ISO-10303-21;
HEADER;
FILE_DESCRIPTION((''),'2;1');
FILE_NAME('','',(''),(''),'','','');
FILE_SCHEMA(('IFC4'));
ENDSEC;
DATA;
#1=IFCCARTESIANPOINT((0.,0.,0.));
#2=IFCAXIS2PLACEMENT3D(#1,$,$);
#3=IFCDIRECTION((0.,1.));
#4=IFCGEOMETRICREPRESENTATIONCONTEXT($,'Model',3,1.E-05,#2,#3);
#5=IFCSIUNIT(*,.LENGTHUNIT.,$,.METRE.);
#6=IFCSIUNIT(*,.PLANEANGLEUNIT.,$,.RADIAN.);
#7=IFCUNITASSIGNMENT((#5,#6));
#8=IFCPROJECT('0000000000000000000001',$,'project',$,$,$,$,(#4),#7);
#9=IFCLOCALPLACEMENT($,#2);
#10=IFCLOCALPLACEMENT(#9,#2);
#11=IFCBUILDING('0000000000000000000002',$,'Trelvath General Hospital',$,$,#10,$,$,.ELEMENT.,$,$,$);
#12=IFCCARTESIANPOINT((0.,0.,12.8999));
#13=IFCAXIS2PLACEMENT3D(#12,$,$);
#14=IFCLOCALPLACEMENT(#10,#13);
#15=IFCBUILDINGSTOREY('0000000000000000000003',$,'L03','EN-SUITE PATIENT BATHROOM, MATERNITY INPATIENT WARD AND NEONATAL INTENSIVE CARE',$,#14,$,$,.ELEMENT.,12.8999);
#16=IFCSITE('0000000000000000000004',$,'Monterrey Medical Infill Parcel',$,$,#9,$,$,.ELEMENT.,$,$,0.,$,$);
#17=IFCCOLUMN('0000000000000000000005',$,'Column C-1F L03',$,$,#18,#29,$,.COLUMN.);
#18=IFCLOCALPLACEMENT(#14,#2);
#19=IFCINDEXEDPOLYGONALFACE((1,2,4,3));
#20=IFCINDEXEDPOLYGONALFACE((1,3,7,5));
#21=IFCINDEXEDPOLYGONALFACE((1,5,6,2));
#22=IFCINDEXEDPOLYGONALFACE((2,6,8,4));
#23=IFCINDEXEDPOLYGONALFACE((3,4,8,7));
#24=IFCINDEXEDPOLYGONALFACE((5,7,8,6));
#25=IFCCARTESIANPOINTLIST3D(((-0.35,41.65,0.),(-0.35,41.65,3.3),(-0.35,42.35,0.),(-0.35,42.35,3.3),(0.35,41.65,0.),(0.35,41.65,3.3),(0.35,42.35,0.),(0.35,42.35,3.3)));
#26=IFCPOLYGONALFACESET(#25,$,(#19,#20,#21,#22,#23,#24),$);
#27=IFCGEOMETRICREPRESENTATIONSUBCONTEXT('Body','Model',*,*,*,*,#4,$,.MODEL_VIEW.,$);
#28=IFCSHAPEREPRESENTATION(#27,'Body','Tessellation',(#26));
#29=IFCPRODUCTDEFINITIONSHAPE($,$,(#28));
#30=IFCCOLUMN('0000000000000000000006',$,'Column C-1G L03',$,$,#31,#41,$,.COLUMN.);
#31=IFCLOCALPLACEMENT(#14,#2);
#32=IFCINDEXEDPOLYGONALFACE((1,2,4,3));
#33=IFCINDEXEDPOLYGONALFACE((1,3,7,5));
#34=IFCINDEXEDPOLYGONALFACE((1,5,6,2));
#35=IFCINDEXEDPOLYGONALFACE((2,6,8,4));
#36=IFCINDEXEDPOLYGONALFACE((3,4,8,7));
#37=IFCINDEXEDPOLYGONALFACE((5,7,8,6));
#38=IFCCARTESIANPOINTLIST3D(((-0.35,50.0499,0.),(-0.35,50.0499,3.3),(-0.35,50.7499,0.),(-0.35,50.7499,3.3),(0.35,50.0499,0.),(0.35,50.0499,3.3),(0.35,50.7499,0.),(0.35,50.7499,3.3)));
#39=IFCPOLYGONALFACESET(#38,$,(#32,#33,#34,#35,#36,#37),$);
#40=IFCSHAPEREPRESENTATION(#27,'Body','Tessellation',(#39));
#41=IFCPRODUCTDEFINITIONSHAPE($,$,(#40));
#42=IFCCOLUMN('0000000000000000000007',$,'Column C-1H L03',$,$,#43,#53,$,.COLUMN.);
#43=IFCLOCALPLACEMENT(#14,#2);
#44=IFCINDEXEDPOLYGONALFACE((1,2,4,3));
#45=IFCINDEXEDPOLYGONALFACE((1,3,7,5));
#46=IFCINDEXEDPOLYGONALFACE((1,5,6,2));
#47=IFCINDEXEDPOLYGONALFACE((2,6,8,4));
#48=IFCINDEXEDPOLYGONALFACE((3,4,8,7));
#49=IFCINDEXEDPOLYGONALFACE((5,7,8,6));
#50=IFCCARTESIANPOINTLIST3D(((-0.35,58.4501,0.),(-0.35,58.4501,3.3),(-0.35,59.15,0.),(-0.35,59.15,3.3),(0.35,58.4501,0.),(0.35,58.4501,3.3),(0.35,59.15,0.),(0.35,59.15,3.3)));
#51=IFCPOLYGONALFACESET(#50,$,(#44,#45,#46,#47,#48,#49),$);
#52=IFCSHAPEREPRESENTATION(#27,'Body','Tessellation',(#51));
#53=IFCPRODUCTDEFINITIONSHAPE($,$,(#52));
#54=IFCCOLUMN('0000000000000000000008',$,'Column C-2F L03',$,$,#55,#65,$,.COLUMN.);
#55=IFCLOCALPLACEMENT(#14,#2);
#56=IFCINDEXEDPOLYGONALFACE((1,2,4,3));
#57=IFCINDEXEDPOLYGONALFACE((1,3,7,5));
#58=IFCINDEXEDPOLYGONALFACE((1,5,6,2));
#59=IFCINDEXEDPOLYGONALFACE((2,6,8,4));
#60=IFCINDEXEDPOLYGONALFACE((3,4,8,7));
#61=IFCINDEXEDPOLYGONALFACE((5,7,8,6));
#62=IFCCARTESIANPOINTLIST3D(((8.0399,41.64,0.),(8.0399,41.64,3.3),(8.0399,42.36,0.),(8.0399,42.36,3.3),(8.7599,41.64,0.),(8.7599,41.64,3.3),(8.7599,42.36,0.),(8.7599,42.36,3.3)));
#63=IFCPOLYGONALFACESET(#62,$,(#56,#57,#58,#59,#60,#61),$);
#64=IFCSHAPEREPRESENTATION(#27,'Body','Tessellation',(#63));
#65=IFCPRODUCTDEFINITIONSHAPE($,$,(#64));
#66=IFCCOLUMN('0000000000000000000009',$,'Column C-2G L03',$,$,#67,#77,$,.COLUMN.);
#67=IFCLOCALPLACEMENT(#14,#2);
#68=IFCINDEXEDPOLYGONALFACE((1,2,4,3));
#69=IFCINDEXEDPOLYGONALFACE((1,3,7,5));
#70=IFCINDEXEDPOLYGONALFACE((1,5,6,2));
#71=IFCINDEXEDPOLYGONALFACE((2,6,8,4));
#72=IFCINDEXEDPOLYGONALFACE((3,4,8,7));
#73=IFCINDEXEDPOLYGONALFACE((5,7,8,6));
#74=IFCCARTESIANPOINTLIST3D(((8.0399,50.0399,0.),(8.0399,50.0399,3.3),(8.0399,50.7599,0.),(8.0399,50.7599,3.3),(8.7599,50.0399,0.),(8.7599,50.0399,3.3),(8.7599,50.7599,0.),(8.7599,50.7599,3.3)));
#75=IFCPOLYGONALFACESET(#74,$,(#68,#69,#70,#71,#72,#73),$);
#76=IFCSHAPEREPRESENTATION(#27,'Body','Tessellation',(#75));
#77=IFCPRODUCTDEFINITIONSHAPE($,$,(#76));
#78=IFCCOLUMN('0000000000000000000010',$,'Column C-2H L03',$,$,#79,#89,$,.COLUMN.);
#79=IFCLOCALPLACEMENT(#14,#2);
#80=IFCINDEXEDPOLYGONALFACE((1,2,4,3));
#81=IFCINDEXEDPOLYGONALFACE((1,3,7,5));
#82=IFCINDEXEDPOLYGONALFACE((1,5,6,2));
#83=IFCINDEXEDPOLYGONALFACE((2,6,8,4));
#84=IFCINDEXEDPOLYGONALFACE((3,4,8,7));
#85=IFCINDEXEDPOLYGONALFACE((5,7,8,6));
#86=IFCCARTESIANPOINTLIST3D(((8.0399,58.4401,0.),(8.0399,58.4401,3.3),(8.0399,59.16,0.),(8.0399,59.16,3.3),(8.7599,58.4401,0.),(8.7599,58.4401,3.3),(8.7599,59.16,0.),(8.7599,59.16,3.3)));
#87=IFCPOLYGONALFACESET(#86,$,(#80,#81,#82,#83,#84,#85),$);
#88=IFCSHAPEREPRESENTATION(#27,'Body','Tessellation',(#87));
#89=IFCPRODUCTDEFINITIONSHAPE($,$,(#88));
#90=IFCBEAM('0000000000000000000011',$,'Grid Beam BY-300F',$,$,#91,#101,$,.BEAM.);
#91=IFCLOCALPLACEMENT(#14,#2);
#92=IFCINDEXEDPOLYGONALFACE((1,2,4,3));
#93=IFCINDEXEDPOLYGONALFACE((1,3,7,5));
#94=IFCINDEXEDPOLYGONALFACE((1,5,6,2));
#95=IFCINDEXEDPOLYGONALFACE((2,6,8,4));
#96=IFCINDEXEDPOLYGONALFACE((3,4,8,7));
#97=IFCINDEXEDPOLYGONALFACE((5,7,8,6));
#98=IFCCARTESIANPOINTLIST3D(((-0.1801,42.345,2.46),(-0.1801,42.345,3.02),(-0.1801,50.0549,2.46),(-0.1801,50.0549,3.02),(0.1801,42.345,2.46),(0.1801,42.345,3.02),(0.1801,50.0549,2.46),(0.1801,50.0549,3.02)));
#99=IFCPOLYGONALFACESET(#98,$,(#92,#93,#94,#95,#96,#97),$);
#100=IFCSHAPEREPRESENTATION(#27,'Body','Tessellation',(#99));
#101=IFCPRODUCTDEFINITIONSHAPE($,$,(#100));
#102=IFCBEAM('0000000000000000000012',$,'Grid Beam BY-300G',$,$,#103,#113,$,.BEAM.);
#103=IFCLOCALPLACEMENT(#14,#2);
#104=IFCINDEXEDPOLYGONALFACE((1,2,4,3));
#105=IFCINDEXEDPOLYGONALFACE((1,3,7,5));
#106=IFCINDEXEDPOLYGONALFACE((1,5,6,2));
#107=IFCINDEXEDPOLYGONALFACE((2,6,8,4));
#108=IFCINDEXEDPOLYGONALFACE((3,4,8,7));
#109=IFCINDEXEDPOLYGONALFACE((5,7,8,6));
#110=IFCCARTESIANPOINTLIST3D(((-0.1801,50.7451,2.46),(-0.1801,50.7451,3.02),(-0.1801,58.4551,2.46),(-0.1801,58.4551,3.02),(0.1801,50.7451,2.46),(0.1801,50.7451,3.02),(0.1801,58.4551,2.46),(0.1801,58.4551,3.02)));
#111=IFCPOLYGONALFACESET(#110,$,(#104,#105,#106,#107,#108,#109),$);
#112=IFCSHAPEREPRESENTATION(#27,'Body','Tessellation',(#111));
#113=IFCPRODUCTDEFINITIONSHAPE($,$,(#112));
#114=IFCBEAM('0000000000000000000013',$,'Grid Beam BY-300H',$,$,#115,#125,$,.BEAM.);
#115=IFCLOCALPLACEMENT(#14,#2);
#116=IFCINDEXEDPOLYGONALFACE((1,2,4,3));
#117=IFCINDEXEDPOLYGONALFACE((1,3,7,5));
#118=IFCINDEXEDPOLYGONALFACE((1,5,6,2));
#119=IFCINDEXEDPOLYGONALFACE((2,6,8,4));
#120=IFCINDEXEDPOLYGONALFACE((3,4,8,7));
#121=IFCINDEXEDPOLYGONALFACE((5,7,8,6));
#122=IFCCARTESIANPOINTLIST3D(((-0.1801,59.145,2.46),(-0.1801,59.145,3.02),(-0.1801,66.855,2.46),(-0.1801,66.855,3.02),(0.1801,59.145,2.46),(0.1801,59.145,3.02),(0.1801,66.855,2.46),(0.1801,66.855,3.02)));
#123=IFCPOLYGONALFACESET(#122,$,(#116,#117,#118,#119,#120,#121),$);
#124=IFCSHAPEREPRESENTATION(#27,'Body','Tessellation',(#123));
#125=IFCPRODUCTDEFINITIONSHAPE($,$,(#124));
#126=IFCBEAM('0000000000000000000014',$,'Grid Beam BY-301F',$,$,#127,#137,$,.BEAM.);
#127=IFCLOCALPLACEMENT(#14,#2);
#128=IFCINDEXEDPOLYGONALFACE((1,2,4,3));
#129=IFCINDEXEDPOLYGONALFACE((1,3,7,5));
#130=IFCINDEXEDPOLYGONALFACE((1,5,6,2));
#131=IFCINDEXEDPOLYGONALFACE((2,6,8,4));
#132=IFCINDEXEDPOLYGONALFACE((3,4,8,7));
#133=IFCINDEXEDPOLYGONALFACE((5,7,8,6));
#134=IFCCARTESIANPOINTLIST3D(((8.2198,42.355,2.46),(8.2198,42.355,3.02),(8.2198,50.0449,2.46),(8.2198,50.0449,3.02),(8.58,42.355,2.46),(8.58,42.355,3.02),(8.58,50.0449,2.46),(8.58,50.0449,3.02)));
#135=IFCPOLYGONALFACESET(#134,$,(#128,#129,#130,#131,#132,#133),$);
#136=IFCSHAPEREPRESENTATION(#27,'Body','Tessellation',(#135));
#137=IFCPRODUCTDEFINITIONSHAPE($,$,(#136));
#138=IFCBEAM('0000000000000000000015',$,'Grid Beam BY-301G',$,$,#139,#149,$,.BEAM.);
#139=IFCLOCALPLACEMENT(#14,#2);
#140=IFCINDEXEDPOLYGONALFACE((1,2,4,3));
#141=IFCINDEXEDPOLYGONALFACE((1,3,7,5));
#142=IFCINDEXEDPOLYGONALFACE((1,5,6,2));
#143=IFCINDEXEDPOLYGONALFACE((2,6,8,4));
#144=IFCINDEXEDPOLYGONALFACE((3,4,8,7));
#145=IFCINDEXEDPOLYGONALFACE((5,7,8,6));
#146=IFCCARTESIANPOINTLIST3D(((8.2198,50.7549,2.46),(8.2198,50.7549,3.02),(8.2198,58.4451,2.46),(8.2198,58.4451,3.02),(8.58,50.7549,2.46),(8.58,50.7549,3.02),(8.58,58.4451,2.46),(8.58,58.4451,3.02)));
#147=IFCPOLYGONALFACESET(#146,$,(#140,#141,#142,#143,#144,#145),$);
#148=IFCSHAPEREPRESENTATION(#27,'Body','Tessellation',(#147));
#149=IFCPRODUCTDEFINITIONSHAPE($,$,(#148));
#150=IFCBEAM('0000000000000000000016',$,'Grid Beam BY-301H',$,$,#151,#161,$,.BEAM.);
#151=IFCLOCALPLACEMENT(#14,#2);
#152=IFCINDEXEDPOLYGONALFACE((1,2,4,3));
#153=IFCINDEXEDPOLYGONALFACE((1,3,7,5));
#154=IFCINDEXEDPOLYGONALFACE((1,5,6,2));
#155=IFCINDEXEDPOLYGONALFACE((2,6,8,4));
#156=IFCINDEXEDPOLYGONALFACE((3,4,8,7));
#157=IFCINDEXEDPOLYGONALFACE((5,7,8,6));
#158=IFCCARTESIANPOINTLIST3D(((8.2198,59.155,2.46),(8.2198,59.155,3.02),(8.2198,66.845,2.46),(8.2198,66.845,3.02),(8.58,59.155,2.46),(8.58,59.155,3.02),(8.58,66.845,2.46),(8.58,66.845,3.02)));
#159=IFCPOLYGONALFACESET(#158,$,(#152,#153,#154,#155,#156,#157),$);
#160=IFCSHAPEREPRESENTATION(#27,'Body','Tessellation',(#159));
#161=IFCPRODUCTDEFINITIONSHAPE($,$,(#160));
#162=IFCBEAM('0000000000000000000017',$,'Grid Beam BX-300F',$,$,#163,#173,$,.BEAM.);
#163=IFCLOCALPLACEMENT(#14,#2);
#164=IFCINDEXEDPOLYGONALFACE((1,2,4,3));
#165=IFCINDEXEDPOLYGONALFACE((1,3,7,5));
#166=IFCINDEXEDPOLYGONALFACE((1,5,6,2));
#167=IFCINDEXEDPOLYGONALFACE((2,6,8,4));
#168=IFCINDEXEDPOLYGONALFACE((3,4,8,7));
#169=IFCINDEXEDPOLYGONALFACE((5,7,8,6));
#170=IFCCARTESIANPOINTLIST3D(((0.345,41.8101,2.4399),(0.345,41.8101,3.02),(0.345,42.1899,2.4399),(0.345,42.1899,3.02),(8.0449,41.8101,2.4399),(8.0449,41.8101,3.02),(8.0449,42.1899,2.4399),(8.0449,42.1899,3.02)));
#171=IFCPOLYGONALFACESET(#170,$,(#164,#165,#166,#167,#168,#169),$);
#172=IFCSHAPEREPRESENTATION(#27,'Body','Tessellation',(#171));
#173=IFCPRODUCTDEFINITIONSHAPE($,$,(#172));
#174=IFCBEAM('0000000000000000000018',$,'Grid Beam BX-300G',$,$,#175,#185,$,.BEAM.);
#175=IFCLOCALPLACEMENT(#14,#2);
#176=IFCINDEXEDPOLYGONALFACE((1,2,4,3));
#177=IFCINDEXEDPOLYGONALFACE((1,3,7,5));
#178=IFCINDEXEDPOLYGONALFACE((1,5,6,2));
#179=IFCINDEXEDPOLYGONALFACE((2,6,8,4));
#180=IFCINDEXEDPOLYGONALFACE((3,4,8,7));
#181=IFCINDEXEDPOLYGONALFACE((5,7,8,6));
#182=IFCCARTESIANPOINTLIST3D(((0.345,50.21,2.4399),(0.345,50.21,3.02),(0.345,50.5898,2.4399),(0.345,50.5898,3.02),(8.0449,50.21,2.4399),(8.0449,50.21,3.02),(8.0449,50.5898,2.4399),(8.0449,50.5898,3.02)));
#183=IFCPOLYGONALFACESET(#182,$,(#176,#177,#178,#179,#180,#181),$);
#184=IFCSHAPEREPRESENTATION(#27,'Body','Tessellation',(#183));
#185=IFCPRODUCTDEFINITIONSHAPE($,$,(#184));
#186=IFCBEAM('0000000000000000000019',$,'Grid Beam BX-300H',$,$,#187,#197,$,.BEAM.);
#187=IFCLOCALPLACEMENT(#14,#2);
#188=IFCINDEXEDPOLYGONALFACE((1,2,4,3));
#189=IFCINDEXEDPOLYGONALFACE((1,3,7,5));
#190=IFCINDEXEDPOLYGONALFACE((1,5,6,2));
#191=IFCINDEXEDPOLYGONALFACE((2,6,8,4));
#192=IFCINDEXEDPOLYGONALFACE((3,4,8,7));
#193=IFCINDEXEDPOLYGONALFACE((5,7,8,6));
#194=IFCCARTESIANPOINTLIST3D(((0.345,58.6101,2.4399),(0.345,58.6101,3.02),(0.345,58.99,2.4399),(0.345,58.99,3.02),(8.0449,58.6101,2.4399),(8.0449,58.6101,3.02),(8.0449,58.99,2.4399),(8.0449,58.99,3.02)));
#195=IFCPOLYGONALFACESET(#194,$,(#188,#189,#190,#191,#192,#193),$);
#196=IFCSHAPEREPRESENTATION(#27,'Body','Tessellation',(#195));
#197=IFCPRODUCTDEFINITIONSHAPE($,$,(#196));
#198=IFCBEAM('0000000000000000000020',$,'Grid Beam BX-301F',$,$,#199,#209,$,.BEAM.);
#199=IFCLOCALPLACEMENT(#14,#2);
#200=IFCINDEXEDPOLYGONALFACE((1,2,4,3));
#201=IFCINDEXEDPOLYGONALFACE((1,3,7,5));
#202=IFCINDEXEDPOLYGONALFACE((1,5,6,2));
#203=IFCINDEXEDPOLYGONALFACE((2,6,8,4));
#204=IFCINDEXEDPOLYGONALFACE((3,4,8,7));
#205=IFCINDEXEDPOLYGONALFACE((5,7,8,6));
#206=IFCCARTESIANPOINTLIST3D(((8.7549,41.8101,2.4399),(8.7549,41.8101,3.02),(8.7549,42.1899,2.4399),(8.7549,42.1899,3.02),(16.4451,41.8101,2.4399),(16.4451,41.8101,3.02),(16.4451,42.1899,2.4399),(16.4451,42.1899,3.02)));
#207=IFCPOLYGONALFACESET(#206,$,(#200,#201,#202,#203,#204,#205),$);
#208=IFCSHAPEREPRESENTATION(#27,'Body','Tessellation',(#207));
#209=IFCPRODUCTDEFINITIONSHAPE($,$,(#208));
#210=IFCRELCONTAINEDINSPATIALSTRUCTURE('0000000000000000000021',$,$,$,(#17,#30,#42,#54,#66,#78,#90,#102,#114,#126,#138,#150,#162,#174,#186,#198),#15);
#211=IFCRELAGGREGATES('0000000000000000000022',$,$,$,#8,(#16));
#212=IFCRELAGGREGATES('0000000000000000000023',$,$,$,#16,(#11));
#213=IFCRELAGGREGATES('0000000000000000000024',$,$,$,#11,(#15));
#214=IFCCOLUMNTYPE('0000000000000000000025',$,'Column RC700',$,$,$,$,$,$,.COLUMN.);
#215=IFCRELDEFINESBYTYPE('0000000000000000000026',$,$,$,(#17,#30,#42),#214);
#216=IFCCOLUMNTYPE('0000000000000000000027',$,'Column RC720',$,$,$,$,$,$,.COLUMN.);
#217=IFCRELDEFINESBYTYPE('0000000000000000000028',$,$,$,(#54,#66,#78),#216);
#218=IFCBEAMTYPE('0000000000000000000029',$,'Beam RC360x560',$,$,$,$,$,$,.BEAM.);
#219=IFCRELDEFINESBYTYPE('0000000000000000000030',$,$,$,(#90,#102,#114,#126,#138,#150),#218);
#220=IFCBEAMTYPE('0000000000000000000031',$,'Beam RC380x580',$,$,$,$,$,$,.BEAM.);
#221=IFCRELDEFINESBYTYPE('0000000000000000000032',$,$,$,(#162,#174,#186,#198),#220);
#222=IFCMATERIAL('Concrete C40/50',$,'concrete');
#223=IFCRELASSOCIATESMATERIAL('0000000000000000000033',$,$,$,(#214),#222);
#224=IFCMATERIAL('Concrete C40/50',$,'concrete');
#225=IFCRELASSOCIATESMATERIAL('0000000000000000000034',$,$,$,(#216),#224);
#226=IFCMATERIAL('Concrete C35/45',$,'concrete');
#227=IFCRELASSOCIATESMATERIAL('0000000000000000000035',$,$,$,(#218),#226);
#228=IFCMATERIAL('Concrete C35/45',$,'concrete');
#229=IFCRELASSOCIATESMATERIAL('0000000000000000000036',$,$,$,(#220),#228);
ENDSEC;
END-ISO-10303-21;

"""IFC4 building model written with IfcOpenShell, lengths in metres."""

from ifc_helpers import new_model, si_unit, direction, frame, origin, origin_2d, place, context, subcontext, project, spatial, rectangle, extrude, material, material_profile, profile_set, type_object, element, save


model = new_model("IFC4")

# Units and contexts
model_context = context("Model", 3, precision=1e-05, world=origin(), true_north=direction((0.0, 1.0)))
body_context = subcontext(model_context, "Body", "Model", "MODEL_VIEW")
ifc_project = project(units=[si_unit("LENGTHUNIT", "METRE"), si_unit("PLANEANGLEUNIT", "RADIAN")], contexts=[model_context])

# Site, building, storey
site_placement = place(None, origin())
site = spatial("IfcSite", under=ifc_project, at=site_placement, Name="Monterrey Medical Infill Parcel", CompositionType="ELEMENT", RefElevation=0.0)
building_placement = place(site_placement, origin())
building = spatial("IfcBuilding", under=site, at=building_placement, Name="Trelvath General Hospital", CompositionType="ELEMENT")
storey_placement = place(building_placement, frame((0.0, 0.0, 12.8999)))
storey = spatial("IfcBuildingStorey", under=building, at=storey_placement, Name="L03", Description="EN-SUITE PATIENT BATHROOM, MATERNITY INPATIENT WARD AND NEONATAL INTENSIVE CARE", CompositionType="ELEMENT", Elevation=12.8999)

# Columns
ifc_material_1 = material(Name="Concrete C40/50", Category="concrete")
ifc_material_profile_1 = material_profile(ifc_material_1, rectangle(XDim=0.7, YDim=0.7, at=origin_2d()), Name="RC700x700")
ifc_profile_set_1 = profile_set([ifc_material_profile_1], Name="Concrete C40/50")
column_type_1 = type_object("IfcColumnType", Name="Column RC700", PredefinedType="COLUMN", material=ifc_profile_set_1)
for number, where, z_axis, x_axis, name in (
    (1, (0.0, 42.0, 0.0), (0.0, 0.0, 1.0), (1.0, 0.0, 0.0), "Column C-1F L03"),
    (2, (0.0, 50.3999, 0.0), (0.0, 0.0, 1.0), (1.0, 0.0, 0.0), "Column C-1G L03"),
    (3, (0.0, 58.8, 0.0), (0.0, 0.0, 1.0), (1.0, 0.0, 0.0), "Column C-1H L03"),
):
    element("IfcColumn", number, at=place(storey_placement, frame(where, z_axis=z_axis, x_axis=x_axis)), inside=storey, type_object=column_type_1, Name=name, PredefinedType="COLUMN", context=body_context, shape_type="SweptSolid", body=[
        extrude(rectangle(XDim=0.7, YDim=0.7, at=origin_2d()), origin(), (0.0, 0.0, 1.0), 3.3),
    ])
ifc_material_2 = material(Name="Concrete C40/50", Category="concrete")
ifc_material_profile_2 = material_profile(ifc_material_2, rectangle(XDim=0.72, YDim=0.72, at=origin_2d()), Name="RC720x720")
ifc_profile_set_2 = profile_set([ifc_material_profile_2], Name="Concrete C40/50")
column_type_2 = type_object("IfcColumnType", Name="Column RC720", PredefinedType="COLUMN", material=ifc_profile_set_2)
for number, where, z_axis, x_axis, name in (
    (4, (8.3999, 42.0, 0.0), (0.0, 0.0, 1.0), (1.0, 0.0, 0.0), "Column C-2F L03"),
    (5, (8.3999, 50.3999, 0.0), (0.0, 0.0, 1.0), (1.0, 0.0, 0.0), "Column C-2G L03"),
    (6, (8.3999, 58.8, 0.0), (0.0, 0.0, 1.0), (1.0, 0.0, 0.0), "Column C-2H L03"),
):
    element("IfcColumn", number, at=place(storey_placement, frame(where, z_axis=z_axis, x_axis=x_axis)), inside=storey, type_object=column_type_2, Name=name, PredefinedType="COLUMN", context=body_context, shape_type="SweptSolid", body=[
        extrude(rectangle(XDim=0.72, YDim=0.72, at=origin_2d()), origin(), (0.0, 0.0, 1.0), 3.3),
    ])

# Beams
ifc_material_3 = material(Name="Concrete C35/45", Category="concrete")
ifc_material_profile_3 = material_profile(ifc_material_3, rectangle(XDim=0.3601, YDim=0.5601, at=origin_2d()), Name="RCB360x560")
ifc_profile_set_3 = profile_set([ifc_material_profile_3], Name="Concrete C35/45")
beam_type_1 = type_object("IfcBeamType", Name="Beam RC360x560", PredefinedType="BEAM", material=ifc_profile_set_3)
for number, where, z_axis, x_axis, name in (
    (7, (0.0, 42.345, 2.74), (0.0, 1.0, 0.0), (-1.0, 0.0, 0.0), "Grid Beam BY-300F"),
    (8, (0.0, 50.7451, 2.74), (0.0, 1.0, 0.0), (-1.0, 0.0, 0.0), "Grid Beam BY-300G"),
    (9, (0.0, 59.145, 2.74), (0.0, 1.0, 0.0), (-1.0, 0.0, 0.0), "Grid Beam BY-300H"),
):
    element("IfcBeam", number, at=place(storey_placement, frame(where, z_axis=z_axis, x_axis=x_axis)), inside=storey, type_object=beam_type_1, Name=name, PredefinedType="BEAM", context=body_context, shape_type="SweptSolid", body=[
        extrude(rectangle(XDim=0.3601, YDim=0.5601, at=origin_2d()), origin(), (0.0, 0.0, 1.0), 7.71),
    ])
beam_1_placement = place(storey_placement, frame((8.3999, 42.355, 2.74), z_axis=(0.0, 1.0, 0.0), x_axis=(-1.0, 0.0, 0.0)))
element("IfcBeam", 10, at=beam_1_placement, inside=storey, type_object=beam_type_1, Name="Grid Beam BY-301F", PredefinedType="BEAM", context=body_context, shape_type="SweptSolid", body=[
    extrude(rectangle(XDim=0.3601, YDim=0.5601, at=origin_2d()), origin(), (0.0, 0.0, 1.0), 7.6899),
])
beam_2_placement = place(storey_placement, frame((8.3999, 50.7549, 2.74), z_axis=(0.0, 1.0, 0.0), x_axis=(-1.0, 0.0, 0.0)))
element("IfcBeam", 11, at=beam_2_placement, inside=storey, type_object=beam_type_1, Name="Grid Beam BY-301G", PredefinedType="BEAM", context=body_context, shape_type="SweptSolid", body=[
    extrude(rectangle(XDim=0.3601, YDim=0.5601, at=origin_2d()), origin(), (0.0, 0.0, 1.0), 7.6902),
])
beam_3_placement = place(storey_placement, frame((8.3999, 59.155, 2.74), z_axis=(0.0, 1.0, 0.0), x_axis=(-1.0, 0.0, 0.0)))
element("IfcBeam", 12, at=beam_3_placement, inside=storey, type_object=beam_type_1, Name="Grid Beam BY-301H", PredefinedType="BEAM", context=body_context, shape_type="SweptSolid", body=[
    extrude(rectangle(XDim=0.3601, YDim=0.5601, at=origin_2d()), origin(), (0.0, 0.0, 1.0), 7.6899),
])
ifc_material_4 = material(Name="Concrete C35/45", Category="concrete")
ifc_material_profile_4 = material_profile(ifc_material_4, rectangle(XDim=0.3799, YDim=0.5801, at=origin_2d()), Name="RCB380x580")
ifc_profile_set_4 = profile_set([ifc_material_profile_4], Name="Concrete C35/45")
beam_type_2 = type_object("IfcBeamType", Name="Beam RC380x580", PredefinedType="BEAM", material=ifc_profile_set_4)
for number, where, z_axis, x_axis, name in (
    (13, (0.345, 42.0, 2.73), (1.0, 0.0, 0.0), (0.0, 1.0, 0.0), "Grid Beam BX-300F"),
    (14, (0.345, 50.3999, 2.73), (1.0, 0.0, 0.0), (0.0, 1.0, 0.0), "Grid Beam BX-300G"),
    (15, (0.345, 58.8, 2.73), (1.0, 0.0, 0.0), (0.0, 1.0, 0.0), "Grid Beam BX-300H"),
):
    element("IfcBeam", number, at=place(storey_placement, frame(where, z_axis=z_axis, x_axis=x_axis)), inside=storey, type_object=beam_type_2, Name=name, PredefinedType="BEAM", context=body_context, shape_type="SweptSolid", body=[
        extrude(rectangle(XDim=0.3799, YDim=0.5801, at=origin_2d()), origin(), (0.0, 0.0, 1.0), 7.7),
    ])
for number, where, z_axis, x_axis, name in (
    (16, (8.7549, 42.0, 2.73), (1.0, 0.0, 0.0), (0.0, 1.0, 0.0), "Grid Beam BX-301F"),
):
    element("IfcBeam", number, at=place(storey_placement, frame(where, z_axis=z_axis, x_axis=x_axis)), inside=storey, type_object=beam_type_2, Name=name, PredefinedType="BEAM", context=body_context, shape_type="SweptSolid", body=[
        extrude(rectangle(XDim=0.3799, YDim=0.5801, at=origin_2d()), origin(), (0.0, 0.0, 1.0), 7.6902),
    ])

save(model, "model.ifc")
